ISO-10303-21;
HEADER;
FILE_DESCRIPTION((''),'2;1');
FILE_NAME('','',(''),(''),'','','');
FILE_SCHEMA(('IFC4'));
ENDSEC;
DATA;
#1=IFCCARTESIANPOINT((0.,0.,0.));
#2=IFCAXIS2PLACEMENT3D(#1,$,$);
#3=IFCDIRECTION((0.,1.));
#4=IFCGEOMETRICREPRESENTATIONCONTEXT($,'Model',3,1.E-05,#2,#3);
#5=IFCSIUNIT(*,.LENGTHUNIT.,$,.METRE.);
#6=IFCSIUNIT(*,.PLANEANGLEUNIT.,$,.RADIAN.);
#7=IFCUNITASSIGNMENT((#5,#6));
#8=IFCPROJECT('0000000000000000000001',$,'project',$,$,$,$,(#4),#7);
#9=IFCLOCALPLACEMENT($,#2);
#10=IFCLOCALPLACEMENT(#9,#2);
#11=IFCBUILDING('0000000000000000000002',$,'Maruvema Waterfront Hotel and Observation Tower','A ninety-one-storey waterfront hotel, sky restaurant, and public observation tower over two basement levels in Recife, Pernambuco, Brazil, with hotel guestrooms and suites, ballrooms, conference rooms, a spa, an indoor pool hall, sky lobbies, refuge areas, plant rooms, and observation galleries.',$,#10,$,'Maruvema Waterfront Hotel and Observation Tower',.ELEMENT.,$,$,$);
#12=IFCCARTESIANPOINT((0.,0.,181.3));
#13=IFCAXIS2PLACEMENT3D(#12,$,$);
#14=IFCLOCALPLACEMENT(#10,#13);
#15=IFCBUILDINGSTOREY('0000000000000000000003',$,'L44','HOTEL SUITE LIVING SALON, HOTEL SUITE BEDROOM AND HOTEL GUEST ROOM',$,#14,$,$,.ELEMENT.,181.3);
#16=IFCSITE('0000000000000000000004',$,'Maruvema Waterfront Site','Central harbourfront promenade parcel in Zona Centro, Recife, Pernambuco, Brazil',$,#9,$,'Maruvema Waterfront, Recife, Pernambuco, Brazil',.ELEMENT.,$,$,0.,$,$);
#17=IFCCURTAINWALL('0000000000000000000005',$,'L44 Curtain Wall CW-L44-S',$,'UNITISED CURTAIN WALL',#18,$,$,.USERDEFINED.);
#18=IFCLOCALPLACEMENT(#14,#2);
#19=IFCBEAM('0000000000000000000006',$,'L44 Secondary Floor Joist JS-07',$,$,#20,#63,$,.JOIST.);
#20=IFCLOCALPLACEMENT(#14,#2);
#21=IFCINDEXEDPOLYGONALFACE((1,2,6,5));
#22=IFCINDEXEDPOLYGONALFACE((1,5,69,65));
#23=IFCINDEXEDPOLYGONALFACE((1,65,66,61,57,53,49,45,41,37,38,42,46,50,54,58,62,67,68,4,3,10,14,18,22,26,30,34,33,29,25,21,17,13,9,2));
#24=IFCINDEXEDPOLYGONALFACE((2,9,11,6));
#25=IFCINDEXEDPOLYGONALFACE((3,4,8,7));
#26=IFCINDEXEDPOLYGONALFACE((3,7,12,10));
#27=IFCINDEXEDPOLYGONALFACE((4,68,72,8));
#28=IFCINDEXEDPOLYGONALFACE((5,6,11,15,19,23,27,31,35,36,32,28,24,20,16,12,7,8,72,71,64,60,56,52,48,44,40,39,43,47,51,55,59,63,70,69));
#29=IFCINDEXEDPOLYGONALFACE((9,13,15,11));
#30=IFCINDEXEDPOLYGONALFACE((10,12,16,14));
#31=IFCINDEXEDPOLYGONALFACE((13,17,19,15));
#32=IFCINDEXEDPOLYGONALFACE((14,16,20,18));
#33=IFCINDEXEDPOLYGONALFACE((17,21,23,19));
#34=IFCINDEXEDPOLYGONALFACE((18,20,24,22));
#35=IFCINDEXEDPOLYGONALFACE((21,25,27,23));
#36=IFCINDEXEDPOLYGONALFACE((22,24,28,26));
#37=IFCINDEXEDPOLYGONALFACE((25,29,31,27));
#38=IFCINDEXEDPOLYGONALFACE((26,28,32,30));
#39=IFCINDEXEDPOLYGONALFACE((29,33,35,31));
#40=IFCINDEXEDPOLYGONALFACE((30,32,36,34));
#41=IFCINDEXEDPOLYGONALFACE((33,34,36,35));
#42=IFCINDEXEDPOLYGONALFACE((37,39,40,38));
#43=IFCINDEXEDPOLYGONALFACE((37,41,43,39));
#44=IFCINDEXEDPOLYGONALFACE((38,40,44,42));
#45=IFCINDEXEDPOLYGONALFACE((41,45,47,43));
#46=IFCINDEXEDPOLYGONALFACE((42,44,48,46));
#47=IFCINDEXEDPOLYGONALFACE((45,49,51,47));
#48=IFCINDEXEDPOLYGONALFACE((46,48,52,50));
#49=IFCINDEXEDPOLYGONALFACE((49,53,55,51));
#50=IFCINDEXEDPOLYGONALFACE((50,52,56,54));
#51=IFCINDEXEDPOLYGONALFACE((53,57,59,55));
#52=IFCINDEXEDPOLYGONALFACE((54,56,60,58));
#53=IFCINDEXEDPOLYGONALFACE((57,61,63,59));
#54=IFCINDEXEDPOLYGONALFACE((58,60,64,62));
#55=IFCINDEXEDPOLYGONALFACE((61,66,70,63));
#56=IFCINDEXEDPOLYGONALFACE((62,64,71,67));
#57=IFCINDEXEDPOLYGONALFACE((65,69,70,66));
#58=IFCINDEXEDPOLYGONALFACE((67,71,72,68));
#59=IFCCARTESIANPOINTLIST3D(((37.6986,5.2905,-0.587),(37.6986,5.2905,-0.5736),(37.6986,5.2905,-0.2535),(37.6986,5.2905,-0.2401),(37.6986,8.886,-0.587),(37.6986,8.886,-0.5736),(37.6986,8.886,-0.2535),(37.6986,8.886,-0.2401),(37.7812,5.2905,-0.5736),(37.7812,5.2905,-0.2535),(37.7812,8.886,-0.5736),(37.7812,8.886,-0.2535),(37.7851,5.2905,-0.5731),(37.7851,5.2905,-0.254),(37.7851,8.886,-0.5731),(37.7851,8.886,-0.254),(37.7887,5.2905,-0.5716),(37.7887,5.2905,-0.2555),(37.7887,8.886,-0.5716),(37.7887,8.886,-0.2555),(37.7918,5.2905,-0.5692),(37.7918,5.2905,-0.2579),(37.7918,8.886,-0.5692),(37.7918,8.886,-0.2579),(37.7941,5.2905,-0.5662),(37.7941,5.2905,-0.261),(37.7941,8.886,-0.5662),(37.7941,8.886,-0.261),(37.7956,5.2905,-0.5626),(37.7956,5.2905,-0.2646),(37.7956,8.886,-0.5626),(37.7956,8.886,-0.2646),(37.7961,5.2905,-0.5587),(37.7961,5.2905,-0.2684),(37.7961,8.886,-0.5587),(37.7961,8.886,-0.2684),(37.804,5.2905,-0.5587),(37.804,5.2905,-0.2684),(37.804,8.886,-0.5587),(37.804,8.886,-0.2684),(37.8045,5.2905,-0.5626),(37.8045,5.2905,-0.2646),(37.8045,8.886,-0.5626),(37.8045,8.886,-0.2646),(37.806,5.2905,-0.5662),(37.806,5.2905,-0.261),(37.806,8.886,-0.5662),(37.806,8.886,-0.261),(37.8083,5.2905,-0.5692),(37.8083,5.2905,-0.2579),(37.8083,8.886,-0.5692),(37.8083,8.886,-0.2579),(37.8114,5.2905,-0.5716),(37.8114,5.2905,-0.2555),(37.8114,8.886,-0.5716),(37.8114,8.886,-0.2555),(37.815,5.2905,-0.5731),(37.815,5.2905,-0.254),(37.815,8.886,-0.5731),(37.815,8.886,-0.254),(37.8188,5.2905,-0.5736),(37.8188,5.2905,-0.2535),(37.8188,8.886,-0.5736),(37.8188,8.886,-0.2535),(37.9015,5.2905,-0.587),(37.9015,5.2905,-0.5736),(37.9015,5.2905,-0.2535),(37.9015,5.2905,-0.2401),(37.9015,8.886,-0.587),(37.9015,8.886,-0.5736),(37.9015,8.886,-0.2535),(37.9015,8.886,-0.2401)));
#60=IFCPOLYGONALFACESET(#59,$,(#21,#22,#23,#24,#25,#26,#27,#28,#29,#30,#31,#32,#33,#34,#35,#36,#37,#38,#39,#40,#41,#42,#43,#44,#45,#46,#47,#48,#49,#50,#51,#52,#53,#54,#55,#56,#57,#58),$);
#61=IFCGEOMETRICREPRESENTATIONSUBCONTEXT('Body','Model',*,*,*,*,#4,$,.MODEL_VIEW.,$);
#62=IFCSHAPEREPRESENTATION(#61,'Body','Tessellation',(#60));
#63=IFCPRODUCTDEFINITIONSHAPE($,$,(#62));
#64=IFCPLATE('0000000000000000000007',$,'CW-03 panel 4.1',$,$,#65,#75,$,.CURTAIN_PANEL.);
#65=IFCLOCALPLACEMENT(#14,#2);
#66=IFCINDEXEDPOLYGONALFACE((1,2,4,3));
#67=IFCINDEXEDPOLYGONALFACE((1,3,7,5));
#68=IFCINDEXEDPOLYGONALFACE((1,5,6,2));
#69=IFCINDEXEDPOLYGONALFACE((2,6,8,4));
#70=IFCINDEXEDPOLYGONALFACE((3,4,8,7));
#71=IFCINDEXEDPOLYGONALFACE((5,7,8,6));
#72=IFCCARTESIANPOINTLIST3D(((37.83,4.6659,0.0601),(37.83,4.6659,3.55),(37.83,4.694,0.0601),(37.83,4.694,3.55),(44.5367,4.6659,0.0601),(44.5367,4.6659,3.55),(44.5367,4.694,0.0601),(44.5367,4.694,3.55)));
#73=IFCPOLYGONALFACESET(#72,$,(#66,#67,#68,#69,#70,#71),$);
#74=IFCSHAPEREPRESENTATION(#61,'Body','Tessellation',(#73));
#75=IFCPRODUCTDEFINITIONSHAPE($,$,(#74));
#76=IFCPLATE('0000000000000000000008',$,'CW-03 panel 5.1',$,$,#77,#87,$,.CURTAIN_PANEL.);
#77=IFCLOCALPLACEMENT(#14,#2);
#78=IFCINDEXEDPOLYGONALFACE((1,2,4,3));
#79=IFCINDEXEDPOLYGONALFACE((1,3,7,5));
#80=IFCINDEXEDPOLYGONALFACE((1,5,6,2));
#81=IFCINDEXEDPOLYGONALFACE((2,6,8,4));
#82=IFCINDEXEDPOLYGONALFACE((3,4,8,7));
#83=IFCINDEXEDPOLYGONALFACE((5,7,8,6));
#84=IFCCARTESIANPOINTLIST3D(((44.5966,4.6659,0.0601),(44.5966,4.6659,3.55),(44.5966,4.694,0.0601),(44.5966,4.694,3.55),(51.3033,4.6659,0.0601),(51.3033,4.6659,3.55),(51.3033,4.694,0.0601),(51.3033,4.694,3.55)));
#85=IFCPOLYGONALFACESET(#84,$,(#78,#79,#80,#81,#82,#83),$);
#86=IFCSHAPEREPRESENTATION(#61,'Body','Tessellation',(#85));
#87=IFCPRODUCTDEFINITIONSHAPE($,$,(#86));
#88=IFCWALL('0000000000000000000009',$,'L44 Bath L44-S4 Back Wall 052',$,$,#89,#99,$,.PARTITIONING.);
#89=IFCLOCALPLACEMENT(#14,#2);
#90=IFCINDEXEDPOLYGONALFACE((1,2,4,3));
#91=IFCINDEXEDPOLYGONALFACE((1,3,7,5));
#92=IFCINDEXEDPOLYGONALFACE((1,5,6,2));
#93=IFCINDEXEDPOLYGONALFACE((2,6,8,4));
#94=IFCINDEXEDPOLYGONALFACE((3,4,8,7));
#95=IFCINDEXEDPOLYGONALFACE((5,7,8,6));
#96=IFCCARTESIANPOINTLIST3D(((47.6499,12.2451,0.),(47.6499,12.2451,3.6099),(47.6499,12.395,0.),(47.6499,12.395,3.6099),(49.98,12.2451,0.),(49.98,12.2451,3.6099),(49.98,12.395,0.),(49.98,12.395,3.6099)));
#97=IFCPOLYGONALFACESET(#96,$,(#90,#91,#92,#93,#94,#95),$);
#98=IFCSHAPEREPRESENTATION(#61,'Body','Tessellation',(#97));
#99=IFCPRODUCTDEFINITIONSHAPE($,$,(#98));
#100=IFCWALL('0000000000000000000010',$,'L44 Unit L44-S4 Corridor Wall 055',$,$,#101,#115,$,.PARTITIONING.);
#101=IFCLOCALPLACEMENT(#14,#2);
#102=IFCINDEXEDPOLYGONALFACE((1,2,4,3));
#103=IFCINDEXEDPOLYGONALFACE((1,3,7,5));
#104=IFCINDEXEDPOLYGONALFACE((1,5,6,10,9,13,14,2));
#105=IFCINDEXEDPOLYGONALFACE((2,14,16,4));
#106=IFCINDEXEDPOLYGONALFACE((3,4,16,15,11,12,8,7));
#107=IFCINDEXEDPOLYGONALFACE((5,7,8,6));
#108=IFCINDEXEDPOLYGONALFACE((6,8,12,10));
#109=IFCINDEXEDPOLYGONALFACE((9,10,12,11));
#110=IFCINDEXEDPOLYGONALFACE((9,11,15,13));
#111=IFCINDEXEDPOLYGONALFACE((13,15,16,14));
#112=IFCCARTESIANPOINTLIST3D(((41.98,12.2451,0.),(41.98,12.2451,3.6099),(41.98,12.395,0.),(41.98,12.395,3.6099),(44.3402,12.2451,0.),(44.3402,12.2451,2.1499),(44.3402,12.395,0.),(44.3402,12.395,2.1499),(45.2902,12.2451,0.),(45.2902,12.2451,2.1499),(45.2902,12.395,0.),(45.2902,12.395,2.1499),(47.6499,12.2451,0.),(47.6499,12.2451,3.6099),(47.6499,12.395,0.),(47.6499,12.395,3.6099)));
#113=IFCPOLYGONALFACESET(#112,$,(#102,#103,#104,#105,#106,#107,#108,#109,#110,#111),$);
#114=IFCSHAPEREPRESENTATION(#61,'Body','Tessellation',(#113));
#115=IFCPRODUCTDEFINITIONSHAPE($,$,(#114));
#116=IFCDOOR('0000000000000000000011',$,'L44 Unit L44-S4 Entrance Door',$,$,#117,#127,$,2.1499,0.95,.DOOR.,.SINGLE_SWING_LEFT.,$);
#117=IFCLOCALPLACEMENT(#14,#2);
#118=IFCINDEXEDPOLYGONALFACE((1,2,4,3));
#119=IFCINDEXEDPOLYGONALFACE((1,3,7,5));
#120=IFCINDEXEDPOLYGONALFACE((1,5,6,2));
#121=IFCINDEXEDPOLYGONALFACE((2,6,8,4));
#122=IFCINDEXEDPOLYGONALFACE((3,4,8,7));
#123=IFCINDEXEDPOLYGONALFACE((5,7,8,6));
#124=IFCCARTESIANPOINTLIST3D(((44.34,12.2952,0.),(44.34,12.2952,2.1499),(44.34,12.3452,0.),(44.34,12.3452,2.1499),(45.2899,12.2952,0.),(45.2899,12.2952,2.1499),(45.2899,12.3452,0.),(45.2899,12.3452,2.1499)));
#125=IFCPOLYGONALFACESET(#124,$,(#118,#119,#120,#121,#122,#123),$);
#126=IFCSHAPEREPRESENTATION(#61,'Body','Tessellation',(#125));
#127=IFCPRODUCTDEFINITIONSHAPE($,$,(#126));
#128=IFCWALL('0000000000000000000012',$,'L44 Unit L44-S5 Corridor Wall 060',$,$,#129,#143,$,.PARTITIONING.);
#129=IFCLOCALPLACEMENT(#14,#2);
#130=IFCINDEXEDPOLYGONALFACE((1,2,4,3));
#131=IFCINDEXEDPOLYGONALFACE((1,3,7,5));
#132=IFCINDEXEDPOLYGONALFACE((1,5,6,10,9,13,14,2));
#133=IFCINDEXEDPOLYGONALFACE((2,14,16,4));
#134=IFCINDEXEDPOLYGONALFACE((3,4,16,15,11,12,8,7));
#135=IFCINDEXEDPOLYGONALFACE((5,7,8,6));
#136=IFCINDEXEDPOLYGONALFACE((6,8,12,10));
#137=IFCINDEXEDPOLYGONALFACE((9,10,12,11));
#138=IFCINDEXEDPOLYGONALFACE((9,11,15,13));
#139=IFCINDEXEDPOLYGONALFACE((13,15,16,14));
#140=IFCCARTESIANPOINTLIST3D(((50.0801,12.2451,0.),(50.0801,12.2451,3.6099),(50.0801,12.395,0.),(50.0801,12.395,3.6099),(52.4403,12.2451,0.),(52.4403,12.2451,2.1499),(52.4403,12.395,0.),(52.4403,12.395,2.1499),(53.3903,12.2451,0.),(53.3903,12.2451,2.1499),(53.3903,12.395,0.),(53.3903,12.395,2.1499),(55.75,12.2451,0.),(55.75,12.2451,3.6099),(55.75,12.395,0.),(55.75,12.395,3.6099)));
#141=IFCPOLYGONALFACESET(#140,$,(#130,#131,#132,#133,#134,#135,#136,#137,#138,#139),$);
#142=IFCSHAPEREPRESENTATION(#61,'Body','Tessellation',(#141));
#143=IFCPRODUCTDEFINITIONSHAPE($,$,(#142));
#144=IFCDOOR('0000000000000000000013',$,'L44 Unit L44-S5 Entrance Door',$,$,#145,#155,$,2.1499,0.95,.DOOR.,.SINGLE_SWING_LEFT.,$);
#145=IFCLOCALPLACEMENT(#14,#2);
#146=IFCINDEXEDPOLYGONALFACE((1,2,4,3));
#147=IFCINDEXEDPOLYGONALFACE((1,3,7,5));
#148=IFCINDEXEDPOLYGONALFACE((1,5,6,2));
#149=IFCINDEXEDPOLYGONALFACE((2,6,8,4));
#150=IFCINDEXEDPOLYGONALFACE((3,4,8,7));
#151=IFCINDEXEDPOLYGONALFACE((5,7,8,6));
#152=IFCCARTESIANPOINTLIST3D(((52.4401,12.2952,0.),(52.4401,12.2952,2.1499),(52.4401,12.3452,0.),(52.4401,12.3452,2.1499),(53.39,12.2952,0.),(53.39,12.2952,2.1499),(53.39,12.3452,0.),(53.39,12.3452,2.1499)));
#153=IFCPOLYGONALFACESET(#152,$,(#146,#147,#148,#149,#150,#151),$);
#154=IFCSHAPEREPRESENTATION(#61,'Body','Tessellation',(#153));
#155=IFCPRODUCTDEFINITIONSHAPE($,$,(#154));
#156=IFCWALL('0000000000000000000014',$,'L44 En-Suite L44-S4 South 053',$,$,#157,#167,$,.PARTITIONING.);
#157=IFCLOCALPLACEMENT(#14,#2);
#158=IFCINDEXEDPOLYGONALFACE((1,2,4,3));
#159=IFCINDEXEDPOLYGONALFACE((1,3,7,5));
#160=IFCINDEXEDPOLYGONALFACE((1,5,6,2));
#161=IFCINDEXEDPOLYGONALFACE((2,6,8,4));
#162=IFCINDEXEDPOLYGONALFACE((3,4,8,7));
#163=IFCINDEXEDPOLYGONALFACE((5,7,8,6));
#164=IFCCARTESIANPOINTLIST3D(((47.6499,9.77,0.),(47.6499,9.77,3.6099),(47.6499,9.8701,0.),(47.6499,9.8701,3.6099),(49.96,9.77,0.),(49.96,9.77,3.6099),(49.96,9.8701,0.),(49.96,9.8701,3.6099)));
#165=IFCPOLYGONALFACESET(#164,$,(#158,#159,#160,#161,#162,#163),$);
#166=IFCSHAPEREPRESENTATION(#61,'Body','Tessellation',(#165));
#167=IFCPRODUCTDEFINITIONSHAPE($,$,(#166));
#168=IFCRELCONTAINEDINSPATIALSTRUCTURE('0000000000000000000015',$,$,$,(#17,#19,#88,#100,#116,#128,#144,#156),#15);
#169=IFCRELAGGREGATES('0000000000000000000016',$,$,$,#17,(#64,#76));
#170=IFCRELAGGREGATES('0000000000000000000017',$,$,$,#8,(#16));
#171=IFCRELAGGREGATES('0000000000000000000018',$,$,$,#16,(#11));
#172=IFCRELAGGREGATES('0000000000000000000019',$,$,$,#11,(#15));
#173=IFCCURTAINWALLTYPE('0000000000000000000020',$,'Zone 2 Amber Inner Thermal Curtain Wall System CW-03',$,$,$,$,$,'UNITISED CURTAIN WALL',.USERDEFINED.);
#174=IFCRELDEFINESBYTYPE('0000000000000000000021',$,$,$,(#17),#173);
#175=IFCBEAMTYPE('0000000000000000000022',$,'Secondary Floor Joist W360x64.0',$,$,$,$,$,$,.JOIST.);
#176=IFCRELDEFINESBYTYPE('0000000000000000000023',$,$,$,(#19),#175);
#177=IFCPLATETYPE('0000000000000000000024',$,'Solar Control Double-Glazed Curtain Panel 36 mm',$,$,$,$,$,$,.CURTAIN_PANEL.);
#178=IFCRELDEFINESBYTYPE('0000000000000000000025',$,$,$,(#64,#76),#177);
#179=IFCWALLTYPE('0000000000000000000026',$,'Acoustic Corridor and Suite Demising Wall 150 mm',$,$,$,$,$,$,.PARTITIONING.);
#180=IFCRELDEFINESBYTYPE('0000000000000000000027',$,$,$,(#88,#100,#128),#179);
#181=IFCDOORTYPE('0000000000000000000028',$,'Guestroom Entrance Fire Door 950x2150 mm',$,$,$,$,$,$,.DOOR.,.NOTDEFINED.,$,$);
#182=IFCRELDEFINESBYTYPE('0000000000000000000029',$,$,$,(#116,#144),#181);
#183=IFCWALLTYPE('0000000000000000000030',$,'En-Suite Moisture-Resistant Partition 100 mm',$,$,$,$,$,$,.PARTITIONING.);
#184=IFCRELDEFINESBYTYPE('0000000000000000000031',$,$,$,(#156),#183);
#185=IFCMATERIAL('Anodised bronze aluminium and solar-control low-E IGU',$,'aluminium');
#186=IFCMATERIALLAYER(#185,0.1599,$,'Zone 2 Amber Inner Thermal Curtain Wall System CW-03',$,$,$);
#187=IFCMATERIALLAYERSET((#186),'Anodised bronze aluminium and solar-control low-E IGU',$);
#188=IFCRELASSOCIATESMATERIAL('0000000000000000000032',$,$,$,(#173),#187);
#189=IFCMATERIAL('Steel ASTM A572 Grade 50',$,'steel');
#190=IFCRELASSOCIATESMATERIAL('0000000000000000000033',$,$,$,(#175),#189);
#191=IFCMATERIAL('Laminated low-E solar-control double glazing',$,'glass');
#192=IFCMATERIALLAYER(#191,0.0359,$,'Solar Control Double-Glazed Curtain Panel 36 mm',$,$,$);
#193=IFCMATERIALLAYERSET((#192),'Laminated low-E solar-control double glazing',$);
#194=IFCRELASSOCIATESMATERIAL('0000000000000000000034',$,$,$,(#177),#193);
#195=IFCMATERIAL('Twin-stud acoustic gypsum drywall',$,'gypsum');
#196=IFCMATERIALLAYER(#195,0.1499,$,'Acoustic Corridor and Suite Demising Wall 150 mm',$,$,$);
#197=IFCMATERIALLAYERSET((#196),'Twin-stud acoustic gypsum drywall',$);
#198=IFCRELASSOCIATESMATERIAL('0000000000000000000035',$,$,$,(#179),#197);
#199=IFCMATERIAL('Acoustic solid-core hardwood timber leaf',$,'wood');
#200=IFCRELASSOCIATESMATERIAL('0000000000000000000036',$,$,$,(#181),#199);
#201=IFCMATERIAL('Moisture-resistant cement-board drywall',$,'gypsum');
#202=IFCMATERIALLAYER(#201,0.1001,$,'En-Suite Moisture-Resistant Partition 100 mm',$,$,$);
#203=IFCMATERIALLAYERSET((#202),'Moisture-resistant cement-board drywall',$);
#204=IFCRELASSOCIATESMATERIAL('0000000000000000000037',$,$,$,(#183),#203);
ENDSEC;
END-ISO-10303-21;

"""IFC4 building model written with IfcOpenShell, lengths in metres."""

from ifc_helpers import new_model, si_unit, direction, frame, frame_2d, origin, origin_2d, place, context, subcontext, project, spatial, rectangle, i_section, extrude, material, layer, layer_set, material_profile, profile_set, type_object, element, fill, aggregate, save


model = new_model("IFC4")

# Units and contexts
model_context = context("Model", 3, precision=1e-05, world=origin(), true_north=direction((0.0, 1.0)))
body_context = subcontext(model_context, "Body", "Model", "MODEL_VIEW")
ifc_project = project(units=[si_unit("LENGTHUNIT", "METRE"), si_unit("PLANEANGLEUNIT", "RADIAN")], contexts=[model_context])

# Site, building, storey
site_placement = place(None, origin())
site = spatial("IfcSite", under=ifc_project, at=site_placement, Name="Maruvema Waterfront Site", Description="Central harbourfront promenade parcel in Zona Centro, Recife, Pernambuco, Brazil", LongName="Maruvema Waterfront, Recife, Pernambuco, Brazil", CompositionType="ELEMENT", RefElevation=0.0)
building_placement = place(site_placement, origin())
building = spatial("IfcBuilding", under=site, at=building_placement, Name="Maruvema Waterfront Hotel and Observation Tower", Description="A ninety-one-storey waterfront hotel, sky restaurant, and public observation tower over two basement levels in Recife, Pernambuco, Brazil, with hotel guestrooms and suites, ballrooms, conference rooms, a spa, an indoor pool hall, sky lobbies, refuge areas, plant rooms, and observation galleries.", LongName="Maruvema Waterfront Hotel and Observation Tower", CompositionType="ELEMENT")
storey_placement = place(building_placement, frame((0.0, 0.0, 181.3)))
storey = spatial("IfcBuildingStorey", under=building, at=storey_placement, Name="L44", Description="HOTEL SUITE LIVING SALON, HOTEL SUITE BEDROOM AND HOTEL GUEST ROOM", CompositionType="ELEMENT", Elevation=181.3)

# Curtain wall
ifc_material_1 = material(Name="Anodised bronze aluminium and solar-control low-E IGU", Category="aluminium")
ifc_layer_1 = layer(ifc_material_1, 0.1599, Name="Zone 2 Amber Inner Thermal Curtain Wall System CW-03")
ifc_layer_set_1 = layer_set([ifc_layer_1], Name="Anodised bronze aluminium and solar-control low-E IGU")
curtain_wall_type = type_object("IfcCurtainWallType", Name="Zone 2 Amber Inner Thermal Curtain Wall System CW-03", ElementType="UNITISED CURTAIN WALL", PredefinedType="USERDEFINED", material=ifc_layer_set_1)
curtain_wall_placement = place(storey_placement, origin())
curtain_wall = element("IfcCurtainWall", 1, at=curtain_wall_placement, inside=storey, type_object=curtain_wall_type, Name="L44 Curtain Wall CW-L44-S", ObjectType="UNITISED CURTAIN WALL", PredefinedType="USERDEFINED")

# Beam
ifc_material_2 = material(Name="Steel ASTM A572 Grade 50", Category="steel")
ifc_material_profile_1 = material_profile(ifc_material_2, i_section(OverallWidth=0.2029, OverallDepth=0.3469, WebThickness=0.0078, FlangeThickness=0.0134, FilletRadius=0.0149, at=origin_2d()), Name="W360x64.0")
ifc_profile_set_1 = profile_set([ifc_material_profile_1], Name="Steel ASTM A572 Grade 50")
beam_type_1 = type_object("IfcBeamType", Name="Secondary Floor Joist W360x64.0", PredefinedType="JOIST", material=ifc_profile_set_1)
beam_1_placement = place(storey_placement, frame((37.8, 5.2905, -0.4136), z_axis=(0.0, 1.0, 0.0), x_axis=(-1.0, 0.0, 0.0)))
element("IfcBeam", 2, at=beam_1_placement, inside=storey, type_object=beam_type_1, Name="L44 Secondary Floor Joist JS-07", PredefinedType="JOIST", context=body_context, shape_type="SweptSolid", body=[
    extrude(i_section(OverallWidth=0.2029, OverallDepth=0.3469, WebThickness=0.0078, FlangeThickness=0.0134, FilletRadius=0.0149, at=origin_2d()), origin(), (0.0, 0.0, 1.0), 3.5955),
])

# Plates
ifc_material_3 = material(Name="Laminated low-E solar-control double glazing", Category="glass")
ifc_layer_2 = layer(ifc_material_3, 0.0359, Name="Solar Control Double-Glazed Curtain Panel 36 mm")
ifc_layer_set_2 = layer_set([ifc_layer_2], Name="Laminated low-E solar-control double glazing")
plate_type = type_object("IfcPlateType", Name="Solar Control Double-Glazed Curtain Panel 36 mm", PredefinedType="CURTAIN_PANEL", material=ifc_layer_set_2)
plate_1_placement = place(storey_placement, frame((41.1833, 4.6799, 0.0601), z_axis=(0.0, 0.0, 1.0), x_axis=(1.0, 0.0, 0.0)))
plate_1 = element("IfcPlate", 3, at=plate_1_placement, type_object=plate_type, Name="CW-03 panel 4.1", PredefinedType="CURTAIN_PANEL", context=body_context, shape_type="SweptSolid", body=[
    extrude(rectangle(XDim=6.7068, YDim=0.0281, at=origin_2d()), origin(), (0.0, 0.0, 1.0), 3.49),
])
plate_2_placement = place(storey_placement, frame((47.95, 4.6799, 0.0601), z_axis=(0.0, 0.0, 1.0), x_axis=(1.0, 0.0, 0.0)))
plate_2 = element("IfcPlate", 4, at=plate_2_placement, type_object=plate_type, Name="CW-03 panel 5.1", PredefinedType="CURTAIN_PANEL", context=body_context, shape_type="SweptSolid", body=[
    extrude(rectangle(XDim=6.7068, YDim=0.0281, at=origin_2d()), origin(), (0.0, 0.0, 1.0), 3.49),
])
aggregate(curtain_wall, [plate_1, plate_2])

# Wall
ifc_material_4 = material(Name="Twin-stud acoustic gypsum drywall", Category="gypsum")
ifc_layer_3 = layer(ifc_material_4, 0.1499, Name="Acoustic Corridor and Suite Demising Wall 150 mm")
ifc_layer_set_3 = layer_set([ifc_layer_3], Name="Twin-stud acoustic gypsum drywall")
wall_type_1 = type_object("IfcWallType", Name="Acoustic Corridor and Suite Demising Wall 150 mm", PredefinedType="PARTITIONING", material=ifc_layer_set_3)
wall_1_placement = place(storey_placement, frame((47.6499, 12.3201, 0.0), z_axis=(0.0, 0.0, 1.0), x_axis=(1.0, 0.0, 0.0)))
element("IfcWall", 5, at=wall_1_placement, inside=storey, type_object=wall_type_1, Name="L44 Bath L44-S4 Back Wall 052", PredefinedType="PARTITIONING", context=body_context, shape_type="SweptSolid", body=[
    extrude(rectangle(XDim=2.3301, YDim=0.1499, at=frame_2d((1.165, 0.0))), origin(), (0.0, 0.0, 1.0), 3.6099),
])

# Walls, openings, doors
wall_2_placement = place(storey_placement, frame((41.98, 12.3201, 0.0), z_axis=(0.0, 0.0, 1.0), x_axis=(1.0, 0.0, 0.0)))
wall_2 = element("IfcWall", 6, at=wall_2_placement, inside=storey, type_object=wall_type_1, Name="L44 Unit L44-S4 Corridor Wall 055", PredefinedType="PARTITIONING", context=body_context, shape_type="SweptSolid", body=[
    extrude(rectangle(XDim=5.6699, YDim=0.1499, at=frame_2d((2.835, 0.0))), origin(), (0.0, 0.0, 1.0), 3.6099),
])
opening_1_placement = place(wall_2_placement, frame((2.3601, 0.0, 0.0)))
opening_1 = element("IfcOpeningElement", 7, at=opening_1_placement, cuts=wall_2, PredefinedType="OPENING", context=body_context, shape_type="SweptSolid", body=[
    extrude(rectangle(XDim=0.95, YDim=2.1499, at=frame_2d((0.4751, 1.075))), frame((0.0, 0.085, 0.0), z_axis=(0.0, -1.0, 0.0), x_axis=(1.0, 0.0, 0.0)), (0.0, 0.0, 1.0), 0.1699),
])
ifc_material_5 = material(Name="Acoustic solid-core hardwood timber leaf", Category="wood")
door_type_1 = type_object("IfcDoorType", Name="Guestroom Entrance Fire Door 950x2150 mm", OperationType="NOTDEFINED", PredefinedType="DOOR", material=ifc_material_5)
door_1_placement = place(opening_1_placement, frame((0.95, 0.0, 0.0), z_axis=(0.0, 0.0, 1.0), x_axis=(-1.0, 0.0, 0.0)))
door_1 = element("IfcDoor", 8, at=door_1_placement, inside=storey, type_object=door_type_1, Name="L44 Unit L44-S4 Entrance Door", OperationType="SINGLE_SWING_LEFT", OverallHeight=2.1499, OverallWidth=0.95, PredefinedType="DOOR", context=body_context, shape_type="SweptSolid", body=[
    extrude(rectangle(XDim=0.95, YDim=2.1499, at=frame_2d((0.4751, 1.075))), frame((0.0, 0.0249, 0.0), z_axis=(0.0, -1.0, 0.0), x_axis=(1.0, 0.0, 0.0)), (0.0, 0.0, 1.0), 0.05),
])
fill(opening_1, door_1)
wall_3_placement = place(storey_placement, frame((50.0801, 12.3201, 0.0), z_axis=(0.0, 0.0, 1.0), x_axis=(1.0, 0.0, 0.0)))
wall_3 = element("IfcWall", 9, at=wall_3_placement, inside=storey, type_object=wall_type_1, Name="L44 Unit L44-S5 Corridor Wall 060", PredefinedType="PARTITIONING", context=body_context, shape_type="SweptSolid", body=[
    extrude(rectangle(XDim=5.6699, YDim=0.1499, at=frame_2d((2.835, 0.0))), origin(), (0.0, 0.0, 1.0), 3.6099),
])
opening_2_placement = place(wall_3_placement, frame((2.3601, 0.0, 0.0)))
opening_2 = element("IfcOpeningElement", 10, at=opening_2_placement, cuts=wall_3, PredefinedType="OPENING", context=body_context, shape_type="SweptSolid", body=[
    extrude(rectangle(XDim=0.95, YDim=2.1499, at=frame_2d((0.4751, 1.075))), frame((0.0, 0.085, 0.0), z_axis=(0.0, -1.0, 0.0), x_axis=(1.0, 0.0, 0.0)), (0.0, 0.0, 1.0), 0.1699),
])
door_2_placement = place(opening_2_placement, frame((0.95, 0.0, 0.0), z_axis=(0.0, 0.0, 1.0), x_axis=(-1.0, 0.0, 0.0)))
door_2 = element("IfcDoor", 11, at=door_2_placement, inside=storey, type_object=door_type_1, Name="L44 Unit L44-S5 Entrance Door", OperationType="SINGLE_SWING_LEFT", OverallHeight=2.1499, OverallWidth=0.95, PredefinedType="DOOR", context=body_context, shape_type="SweptSolid", body=[
    extrude(rectangle(XDim=0.95, YDim=2.1499, at=frame_2d((0.4751, 1.075))), frame((0.0, 0.0249, 0.0), z_axis=(0.0, -1.0, 0.0), x_axis=(1.0, 0.0, 0.0)), (0.0, 0.0, 1.0), 0.05),
])
fill(opening_2, door_2)

# Wall
ifc_material_6 = material(Name="Moisture-resistant cement-board drywall", Category="gypsum")
ifc_layer_4 = layer(ifc_material_6, 0.1001, Name="En-Suite Moisture-Resistant Partition 100 mm")
ifc_layer_set_4 = layer_set([ifc_layer_4], Name="Moisture-resistant cement-board drywall")
wall_type_2 = type_object("IfcWallType", Name="En-Suite Moisture-Resistant Partition 100 mm", PredefinedType="PARTITIONING", material=ifc_layer_set_4)
wall_4_placement = place(storey_placement, frame((47.6499, 9.8201, 0.0), z_axis=(0.0, 0.0, 1.0), x_axis=(1.0, 0.0, 0.0)))
element("IfcWall", 12, at=wall_4_placement, inside=storey, type_object=wall_type_2, Name="L44 En-Suite L44-S4 South 053", PredefinedType="PARTITIONING", context=body_context, shape_type="SweptSolid", body=[
    extrude(rectangle(XDim=2.3101, YDim=0.1001, at=frame_2d((1.155, 0.0))), origin(), (0.0, 0.0, 1.0), 3.6099),
])

save(model, "model.ifc")
